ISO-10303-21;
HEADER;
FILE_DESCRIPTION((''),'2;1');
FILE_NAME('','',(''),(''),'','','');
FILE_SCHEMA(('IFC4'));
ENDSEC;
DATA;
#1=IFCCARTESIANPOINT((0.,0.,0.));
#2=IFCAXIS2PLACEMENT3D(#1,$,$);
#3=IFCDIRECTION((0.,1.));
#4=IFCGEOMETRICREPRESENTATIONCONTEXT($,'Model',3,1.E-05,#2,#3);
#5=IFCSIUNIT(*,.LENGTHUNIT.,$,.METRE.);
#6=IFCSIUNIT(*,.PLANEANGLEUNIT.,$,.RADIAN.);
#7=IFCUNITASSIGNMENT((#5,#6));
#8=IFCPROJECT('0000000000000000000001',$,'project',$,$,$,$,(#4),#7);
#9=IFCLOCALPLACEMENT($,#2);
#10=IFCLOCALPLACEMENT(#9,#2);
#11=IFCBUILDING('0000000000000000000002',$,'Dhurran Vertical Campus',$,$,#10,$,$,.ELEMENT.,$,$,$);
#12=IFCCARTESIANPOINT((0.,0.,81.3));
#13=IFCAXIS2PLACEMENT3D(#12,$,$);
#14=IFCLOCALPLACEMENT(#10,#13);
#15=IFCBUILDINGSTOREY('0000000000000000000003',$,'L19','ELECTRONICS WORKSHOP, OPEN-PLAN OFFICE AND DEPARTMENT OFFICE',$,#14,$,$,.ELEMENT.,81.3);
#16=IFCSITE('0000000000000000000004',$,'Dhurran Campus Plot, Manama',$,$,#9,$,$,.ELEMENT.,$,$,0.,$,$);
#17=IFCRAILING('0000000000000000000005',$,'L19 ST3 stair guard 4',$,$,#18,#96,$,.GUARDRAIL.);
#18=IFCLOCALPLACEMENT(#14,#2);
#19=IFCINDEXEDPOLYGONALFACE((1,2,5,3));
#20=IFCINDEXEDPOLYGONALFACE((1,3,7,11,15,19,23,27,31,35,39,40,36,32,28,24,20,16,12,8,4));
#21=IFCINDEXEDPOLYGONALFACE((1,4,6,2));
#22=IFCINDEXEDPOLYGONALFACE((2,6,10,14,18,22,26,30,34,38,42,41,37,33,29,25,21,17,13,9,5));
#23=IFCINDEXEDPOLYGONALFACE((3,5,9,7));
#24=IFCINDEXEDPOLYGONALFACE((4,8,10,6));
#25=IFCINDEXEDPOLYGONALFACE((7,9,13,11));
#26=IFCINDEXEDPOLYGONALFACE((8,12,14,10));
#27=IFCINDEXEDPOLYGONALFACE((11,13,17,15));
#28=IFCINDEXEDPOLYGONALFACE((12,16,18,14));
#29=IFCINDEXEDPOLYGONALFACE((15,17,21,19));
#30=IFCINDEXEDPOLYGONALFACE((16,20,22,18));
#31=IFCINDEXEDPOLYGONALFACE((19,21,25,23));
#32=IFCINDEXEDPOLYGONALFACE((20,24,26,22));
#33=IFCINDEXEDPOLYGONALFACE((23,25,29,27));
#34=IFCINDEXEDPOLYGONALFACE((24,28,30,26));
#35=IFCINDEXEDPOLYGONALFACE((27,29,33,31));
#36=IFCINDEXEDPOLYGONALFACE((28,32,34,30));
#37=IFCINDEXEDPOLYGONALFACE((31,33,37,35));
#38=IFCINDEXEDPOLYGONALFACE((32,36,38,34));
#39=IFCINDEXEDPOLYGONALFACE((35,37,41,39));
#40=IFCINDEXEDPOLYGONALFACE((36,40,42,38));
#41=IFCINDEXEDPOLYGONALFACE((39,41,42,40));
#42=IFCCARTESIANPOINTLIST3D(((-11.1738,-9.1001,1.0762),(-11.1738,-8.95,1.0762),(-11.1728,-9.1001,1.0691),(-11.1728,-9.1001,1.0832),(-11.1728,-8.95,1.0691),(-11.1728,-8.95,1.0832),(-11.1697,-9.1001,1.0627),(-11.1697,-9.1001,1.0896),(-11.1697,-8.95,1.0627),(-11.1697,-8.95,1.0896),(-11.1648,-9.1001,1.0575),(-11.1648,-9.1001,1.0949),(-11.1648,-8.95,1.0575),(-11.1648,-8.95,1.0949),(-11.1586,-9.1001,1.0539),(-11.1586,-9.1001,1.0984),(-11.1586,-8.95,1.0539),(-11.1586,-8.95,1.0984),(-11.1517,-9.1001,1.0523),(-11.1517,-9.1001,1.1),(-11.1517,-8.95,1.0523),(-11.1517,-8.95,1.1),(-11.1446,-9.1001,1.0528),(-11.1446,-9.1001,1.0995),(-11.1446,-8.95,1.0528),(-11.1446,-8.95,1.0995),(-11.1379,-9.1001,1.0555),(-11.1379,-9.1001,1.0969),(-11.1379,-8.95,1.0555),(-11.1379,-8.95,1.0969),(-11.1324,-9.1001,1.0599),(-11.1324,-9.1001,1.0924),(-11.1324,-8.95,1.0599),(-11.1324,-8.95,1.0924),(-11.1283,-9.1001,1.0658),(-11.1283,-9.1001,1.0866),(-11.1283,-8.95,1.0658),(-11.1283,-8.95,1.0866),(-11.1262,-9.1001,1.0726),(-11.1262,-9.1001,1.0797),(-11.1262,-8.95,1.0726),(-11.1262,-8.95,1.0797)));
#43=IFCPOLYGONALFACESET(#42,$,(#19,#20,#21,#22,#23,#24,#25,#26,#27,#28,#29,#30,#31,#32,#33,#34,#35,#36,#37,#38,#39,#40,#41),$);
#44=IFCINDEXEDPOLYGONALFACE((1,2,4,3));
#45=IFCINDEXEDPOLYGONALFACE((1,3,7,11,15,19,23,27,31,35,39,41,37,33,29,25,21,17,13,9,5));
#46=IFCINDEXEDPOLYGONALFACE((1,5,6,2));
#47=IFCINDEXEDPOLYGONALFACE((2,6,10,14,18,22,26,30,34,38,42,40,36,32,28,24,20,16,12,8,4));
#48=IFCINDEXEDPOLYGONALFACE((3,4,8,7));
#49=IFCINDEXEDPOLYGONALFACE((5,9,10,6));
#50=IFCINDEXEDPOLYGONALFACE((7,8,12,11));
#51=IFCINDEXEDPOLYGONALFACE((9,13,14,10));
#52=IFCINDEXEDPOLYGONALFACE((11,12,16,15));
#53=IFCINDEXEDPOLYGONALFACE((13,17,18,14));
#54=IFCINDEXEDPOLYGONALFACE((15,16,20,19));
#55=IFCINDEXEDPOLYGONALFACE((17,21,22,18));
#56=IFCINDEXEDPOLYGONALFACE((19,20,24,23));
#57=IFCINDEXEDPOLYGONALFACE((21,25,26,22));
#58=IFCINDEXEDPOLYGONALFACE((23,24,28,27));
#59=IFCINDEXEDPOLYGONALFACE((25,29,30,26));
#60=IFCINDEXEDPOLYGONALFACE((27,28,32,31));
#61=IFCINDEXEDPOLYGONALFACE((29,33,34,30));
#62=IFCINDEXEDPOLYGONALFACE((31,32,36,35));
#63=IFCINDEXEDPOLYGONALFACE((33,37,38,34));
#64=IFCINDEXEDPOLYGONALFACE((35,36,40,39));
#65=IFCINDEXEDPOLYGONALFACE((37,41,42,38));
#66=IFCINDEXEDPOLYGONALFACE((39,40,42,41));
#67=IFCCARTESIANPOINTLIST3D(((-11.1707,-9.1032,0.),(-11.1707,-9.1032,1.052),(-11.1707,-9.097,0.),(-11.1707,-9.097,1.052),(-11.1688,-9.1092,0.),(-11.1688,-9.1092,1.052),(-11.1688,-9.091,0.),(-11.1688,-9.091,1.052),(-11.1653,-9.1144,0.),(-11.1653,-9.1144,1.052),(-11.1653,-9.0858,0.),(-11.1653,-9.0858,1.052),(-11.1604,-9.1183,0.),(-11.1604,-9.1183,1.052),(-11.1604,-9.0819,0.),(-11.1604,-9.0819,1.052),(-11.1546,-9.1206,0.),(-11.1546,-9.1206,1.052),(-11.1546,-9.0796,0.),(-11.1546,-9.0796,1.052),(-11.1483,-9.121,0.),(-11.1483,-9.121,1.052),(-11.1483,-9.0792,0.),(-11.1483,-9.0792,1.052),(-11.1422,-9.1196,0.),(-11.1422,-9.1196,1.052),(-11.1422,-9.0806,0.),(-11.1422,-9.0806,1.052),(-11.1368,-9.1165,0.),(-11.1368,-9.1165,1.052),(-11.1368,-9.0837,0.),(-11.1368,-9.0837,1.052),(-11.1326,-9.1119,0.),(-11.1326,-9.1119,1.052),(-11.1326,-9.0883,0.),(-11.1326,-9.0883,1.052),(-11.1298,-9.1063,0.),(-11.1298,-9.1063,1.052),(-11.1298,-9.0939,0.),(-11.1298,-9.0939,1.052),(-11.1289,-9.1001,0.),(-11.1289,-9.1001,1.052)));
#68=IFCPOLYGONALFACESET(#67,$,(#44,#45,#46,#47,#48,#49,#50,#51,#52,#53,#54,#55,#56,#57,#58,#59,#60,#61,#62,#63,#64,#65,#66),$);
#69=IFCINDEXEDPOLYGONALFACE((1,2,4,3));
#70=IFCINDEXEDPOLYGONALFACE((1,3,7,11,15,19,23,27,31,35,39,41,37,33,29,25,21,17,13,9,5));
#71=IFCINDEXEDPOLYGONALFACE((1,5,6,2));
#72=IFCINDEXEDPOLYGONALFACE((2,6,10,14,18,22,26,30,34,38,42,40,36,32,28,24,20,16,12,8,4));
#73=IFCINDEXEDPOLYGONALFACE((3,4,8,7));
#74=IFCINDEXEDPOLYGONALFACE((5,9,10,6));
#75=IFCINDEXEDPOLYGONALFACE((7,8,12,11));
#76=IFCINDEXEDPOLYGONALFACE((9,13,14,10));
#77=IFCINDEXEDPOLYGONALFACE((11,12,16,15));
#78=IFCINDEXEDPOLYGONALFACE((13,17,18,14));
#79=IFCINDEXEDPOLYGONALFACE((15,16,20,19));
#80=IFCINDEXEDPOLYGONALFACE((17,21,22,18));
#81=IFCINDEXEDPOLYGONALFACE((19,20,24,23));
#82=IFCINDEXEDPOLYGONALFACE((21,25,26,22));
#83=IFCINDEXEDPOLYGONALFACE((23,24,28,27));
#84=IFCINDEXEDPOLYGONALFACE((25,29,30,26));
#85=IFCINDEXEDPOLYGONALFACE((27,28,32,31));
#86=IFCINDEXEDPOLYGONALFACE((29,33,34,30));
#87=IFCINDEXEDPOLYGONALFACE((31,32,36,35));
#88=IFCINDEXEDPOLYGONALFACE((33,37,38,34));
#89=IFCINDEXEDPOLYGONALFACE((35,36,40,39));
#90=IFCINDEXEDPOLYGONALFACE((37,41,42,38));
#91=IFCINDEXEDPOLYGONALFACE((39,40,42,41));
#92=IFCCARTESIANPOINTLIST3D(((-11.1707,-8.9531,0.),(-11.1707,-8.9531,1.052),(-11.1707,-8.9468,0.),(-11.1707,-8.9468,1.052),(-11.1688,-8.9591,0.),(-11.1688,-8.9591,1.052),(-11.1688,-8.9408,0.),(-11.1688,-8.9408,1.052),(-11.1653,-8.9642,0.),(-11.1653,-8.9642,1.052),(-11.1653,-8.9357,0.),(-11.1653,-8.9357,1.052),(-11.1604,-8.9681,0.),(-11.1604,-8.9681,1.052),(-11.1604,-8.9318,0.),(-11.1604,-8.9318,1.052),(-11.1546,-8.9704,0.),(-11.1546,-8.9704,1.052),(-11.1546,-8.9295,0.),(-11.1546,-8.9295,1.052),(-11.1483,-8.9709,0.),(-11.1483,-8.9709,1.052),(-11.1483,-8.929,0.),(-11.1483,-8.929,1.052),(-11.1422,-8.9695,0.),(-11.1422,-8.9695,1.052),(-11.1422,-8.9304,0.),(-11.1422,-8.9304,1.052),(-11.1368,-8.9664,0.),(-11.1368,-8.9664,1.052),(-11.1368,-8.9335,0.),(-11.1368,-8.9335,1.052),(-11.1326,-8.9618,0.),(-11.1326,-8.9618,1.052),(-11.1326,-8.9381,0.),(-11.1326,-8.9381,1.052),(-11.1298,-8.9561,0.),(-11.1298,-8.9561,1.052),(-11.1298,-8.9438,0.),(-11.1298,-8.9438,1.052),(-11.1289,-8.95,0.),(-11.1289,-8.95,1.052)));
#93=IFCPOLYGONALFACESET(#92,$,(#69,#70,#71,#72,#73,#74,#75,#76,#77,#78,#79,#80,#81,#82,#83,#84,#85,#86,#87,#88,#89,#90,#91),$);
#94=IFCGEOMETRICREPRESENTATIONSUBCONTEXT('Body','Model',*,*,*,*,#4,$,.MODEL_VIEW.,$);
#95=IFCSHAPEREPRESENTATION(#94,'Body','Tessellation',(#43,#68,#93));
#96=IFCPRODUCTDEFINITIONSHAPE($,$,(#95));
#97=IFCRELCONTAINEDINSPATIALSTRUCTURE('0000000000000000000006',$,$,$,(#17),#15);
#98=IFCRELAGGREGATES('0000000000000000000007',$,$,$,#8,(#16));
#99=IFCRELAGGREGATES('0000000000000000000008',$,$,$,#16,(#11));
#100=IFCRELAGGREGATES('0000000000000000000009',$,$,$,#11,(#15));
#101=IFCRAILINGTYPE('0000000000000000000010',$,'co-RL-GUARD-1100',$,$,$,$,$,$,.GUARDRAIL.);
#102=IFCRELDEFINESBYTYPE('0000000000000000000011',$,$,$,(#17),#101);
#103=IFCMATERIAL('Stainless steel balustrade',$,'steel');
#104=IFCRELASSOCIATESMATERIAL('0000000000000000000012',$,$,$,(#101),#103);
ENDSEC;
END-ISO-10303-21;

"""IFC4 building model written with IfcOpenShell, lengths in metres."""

from ifc_helpers import new_model, si_unit, direction, frame, origin, origin_2d, place, context, subcontext, project, spatial, circle, extrude, material, type_object, element, save


model = new_model("IFC4")

# Units and contexts
model_context = context("Model", 3, precision=1e-05, world=origin(), true_north=direction((0.0, 1.0)))
body_context = subcontext(model_context, "Body", "Model", "MODEL_VIEW")
ifc_project = project(units=[si_unit("LENGTHUNIT", "METRE"), si_unit("PLANEANGLEUNIT", "RADIAN")], contexts=[model_context])

# Site, building, storey
site_placement = place(None, origin())
site = spatial("IfcSite", under=ifc_project, at=site_placement, Name="Dhurran Campus Plot, Manama", CompositionType="ELEMENT", RefElevation=0.0)
building_placement = place(site_placement, origin())
building = spatial("IfcBuilding", under=site, at=building_placement, Name="Dhurran Vertical Campus", CompositionType="ELEMENT")
storey_placement = place(building_placement, frame((0.0, 0.0, 81.3)))
storey = spatial("IfcBuildingStorey", under=building, at=storey_placement, Name="L19", Description="ELECTRONICS WORKSHOP, OPEN-PLAN OFFICE AND DEPARTMENT OFFICE", CompositionType="ELEMENT", Elevation=81.3)

# Railing
ifc_material_1 = material(Name="Stainless steel balustrade", Category="steel")
railing_type_1 = type_object("IfcRailingType", Name="co-RL-GUARD-1100", PredefinedType="GUARDRAIL", material=ifc_material_1)
railing_1_placement = place(storey_placement, frame((-11.1499, -9.1001, 0.0)))
element("IfcRailing", 1, at=railing_1_placement, inside=storey, type_object=railing_type_1, Name="L19 ST3 stair guard 4", PredefinedType="GUARDRAIL", context=body_context, shape_type="SweptSolid", body=[
    extrude(circle(Radius=0.0239, at=origin_2d()), frame((0.0, 0.0, 1.0762), z_axis=(0.0, 1.0, 0.0), x_axis=(-1.0, 0.0, 0.0)), (0.0, 0.0, 1.0), 0.1501),
    extrude(circle(Radius=0.021, at=origin_2d()), origin(), (0.0, 0.0, 1.0), 1.052),
    extrude(circle(Radius=0.021, at=origin_2d()), frame((0.0, 0.1501, 0.0)), (0.0, 0.0, 1.0), 1.052),
])

save(model, "model.ifc")
